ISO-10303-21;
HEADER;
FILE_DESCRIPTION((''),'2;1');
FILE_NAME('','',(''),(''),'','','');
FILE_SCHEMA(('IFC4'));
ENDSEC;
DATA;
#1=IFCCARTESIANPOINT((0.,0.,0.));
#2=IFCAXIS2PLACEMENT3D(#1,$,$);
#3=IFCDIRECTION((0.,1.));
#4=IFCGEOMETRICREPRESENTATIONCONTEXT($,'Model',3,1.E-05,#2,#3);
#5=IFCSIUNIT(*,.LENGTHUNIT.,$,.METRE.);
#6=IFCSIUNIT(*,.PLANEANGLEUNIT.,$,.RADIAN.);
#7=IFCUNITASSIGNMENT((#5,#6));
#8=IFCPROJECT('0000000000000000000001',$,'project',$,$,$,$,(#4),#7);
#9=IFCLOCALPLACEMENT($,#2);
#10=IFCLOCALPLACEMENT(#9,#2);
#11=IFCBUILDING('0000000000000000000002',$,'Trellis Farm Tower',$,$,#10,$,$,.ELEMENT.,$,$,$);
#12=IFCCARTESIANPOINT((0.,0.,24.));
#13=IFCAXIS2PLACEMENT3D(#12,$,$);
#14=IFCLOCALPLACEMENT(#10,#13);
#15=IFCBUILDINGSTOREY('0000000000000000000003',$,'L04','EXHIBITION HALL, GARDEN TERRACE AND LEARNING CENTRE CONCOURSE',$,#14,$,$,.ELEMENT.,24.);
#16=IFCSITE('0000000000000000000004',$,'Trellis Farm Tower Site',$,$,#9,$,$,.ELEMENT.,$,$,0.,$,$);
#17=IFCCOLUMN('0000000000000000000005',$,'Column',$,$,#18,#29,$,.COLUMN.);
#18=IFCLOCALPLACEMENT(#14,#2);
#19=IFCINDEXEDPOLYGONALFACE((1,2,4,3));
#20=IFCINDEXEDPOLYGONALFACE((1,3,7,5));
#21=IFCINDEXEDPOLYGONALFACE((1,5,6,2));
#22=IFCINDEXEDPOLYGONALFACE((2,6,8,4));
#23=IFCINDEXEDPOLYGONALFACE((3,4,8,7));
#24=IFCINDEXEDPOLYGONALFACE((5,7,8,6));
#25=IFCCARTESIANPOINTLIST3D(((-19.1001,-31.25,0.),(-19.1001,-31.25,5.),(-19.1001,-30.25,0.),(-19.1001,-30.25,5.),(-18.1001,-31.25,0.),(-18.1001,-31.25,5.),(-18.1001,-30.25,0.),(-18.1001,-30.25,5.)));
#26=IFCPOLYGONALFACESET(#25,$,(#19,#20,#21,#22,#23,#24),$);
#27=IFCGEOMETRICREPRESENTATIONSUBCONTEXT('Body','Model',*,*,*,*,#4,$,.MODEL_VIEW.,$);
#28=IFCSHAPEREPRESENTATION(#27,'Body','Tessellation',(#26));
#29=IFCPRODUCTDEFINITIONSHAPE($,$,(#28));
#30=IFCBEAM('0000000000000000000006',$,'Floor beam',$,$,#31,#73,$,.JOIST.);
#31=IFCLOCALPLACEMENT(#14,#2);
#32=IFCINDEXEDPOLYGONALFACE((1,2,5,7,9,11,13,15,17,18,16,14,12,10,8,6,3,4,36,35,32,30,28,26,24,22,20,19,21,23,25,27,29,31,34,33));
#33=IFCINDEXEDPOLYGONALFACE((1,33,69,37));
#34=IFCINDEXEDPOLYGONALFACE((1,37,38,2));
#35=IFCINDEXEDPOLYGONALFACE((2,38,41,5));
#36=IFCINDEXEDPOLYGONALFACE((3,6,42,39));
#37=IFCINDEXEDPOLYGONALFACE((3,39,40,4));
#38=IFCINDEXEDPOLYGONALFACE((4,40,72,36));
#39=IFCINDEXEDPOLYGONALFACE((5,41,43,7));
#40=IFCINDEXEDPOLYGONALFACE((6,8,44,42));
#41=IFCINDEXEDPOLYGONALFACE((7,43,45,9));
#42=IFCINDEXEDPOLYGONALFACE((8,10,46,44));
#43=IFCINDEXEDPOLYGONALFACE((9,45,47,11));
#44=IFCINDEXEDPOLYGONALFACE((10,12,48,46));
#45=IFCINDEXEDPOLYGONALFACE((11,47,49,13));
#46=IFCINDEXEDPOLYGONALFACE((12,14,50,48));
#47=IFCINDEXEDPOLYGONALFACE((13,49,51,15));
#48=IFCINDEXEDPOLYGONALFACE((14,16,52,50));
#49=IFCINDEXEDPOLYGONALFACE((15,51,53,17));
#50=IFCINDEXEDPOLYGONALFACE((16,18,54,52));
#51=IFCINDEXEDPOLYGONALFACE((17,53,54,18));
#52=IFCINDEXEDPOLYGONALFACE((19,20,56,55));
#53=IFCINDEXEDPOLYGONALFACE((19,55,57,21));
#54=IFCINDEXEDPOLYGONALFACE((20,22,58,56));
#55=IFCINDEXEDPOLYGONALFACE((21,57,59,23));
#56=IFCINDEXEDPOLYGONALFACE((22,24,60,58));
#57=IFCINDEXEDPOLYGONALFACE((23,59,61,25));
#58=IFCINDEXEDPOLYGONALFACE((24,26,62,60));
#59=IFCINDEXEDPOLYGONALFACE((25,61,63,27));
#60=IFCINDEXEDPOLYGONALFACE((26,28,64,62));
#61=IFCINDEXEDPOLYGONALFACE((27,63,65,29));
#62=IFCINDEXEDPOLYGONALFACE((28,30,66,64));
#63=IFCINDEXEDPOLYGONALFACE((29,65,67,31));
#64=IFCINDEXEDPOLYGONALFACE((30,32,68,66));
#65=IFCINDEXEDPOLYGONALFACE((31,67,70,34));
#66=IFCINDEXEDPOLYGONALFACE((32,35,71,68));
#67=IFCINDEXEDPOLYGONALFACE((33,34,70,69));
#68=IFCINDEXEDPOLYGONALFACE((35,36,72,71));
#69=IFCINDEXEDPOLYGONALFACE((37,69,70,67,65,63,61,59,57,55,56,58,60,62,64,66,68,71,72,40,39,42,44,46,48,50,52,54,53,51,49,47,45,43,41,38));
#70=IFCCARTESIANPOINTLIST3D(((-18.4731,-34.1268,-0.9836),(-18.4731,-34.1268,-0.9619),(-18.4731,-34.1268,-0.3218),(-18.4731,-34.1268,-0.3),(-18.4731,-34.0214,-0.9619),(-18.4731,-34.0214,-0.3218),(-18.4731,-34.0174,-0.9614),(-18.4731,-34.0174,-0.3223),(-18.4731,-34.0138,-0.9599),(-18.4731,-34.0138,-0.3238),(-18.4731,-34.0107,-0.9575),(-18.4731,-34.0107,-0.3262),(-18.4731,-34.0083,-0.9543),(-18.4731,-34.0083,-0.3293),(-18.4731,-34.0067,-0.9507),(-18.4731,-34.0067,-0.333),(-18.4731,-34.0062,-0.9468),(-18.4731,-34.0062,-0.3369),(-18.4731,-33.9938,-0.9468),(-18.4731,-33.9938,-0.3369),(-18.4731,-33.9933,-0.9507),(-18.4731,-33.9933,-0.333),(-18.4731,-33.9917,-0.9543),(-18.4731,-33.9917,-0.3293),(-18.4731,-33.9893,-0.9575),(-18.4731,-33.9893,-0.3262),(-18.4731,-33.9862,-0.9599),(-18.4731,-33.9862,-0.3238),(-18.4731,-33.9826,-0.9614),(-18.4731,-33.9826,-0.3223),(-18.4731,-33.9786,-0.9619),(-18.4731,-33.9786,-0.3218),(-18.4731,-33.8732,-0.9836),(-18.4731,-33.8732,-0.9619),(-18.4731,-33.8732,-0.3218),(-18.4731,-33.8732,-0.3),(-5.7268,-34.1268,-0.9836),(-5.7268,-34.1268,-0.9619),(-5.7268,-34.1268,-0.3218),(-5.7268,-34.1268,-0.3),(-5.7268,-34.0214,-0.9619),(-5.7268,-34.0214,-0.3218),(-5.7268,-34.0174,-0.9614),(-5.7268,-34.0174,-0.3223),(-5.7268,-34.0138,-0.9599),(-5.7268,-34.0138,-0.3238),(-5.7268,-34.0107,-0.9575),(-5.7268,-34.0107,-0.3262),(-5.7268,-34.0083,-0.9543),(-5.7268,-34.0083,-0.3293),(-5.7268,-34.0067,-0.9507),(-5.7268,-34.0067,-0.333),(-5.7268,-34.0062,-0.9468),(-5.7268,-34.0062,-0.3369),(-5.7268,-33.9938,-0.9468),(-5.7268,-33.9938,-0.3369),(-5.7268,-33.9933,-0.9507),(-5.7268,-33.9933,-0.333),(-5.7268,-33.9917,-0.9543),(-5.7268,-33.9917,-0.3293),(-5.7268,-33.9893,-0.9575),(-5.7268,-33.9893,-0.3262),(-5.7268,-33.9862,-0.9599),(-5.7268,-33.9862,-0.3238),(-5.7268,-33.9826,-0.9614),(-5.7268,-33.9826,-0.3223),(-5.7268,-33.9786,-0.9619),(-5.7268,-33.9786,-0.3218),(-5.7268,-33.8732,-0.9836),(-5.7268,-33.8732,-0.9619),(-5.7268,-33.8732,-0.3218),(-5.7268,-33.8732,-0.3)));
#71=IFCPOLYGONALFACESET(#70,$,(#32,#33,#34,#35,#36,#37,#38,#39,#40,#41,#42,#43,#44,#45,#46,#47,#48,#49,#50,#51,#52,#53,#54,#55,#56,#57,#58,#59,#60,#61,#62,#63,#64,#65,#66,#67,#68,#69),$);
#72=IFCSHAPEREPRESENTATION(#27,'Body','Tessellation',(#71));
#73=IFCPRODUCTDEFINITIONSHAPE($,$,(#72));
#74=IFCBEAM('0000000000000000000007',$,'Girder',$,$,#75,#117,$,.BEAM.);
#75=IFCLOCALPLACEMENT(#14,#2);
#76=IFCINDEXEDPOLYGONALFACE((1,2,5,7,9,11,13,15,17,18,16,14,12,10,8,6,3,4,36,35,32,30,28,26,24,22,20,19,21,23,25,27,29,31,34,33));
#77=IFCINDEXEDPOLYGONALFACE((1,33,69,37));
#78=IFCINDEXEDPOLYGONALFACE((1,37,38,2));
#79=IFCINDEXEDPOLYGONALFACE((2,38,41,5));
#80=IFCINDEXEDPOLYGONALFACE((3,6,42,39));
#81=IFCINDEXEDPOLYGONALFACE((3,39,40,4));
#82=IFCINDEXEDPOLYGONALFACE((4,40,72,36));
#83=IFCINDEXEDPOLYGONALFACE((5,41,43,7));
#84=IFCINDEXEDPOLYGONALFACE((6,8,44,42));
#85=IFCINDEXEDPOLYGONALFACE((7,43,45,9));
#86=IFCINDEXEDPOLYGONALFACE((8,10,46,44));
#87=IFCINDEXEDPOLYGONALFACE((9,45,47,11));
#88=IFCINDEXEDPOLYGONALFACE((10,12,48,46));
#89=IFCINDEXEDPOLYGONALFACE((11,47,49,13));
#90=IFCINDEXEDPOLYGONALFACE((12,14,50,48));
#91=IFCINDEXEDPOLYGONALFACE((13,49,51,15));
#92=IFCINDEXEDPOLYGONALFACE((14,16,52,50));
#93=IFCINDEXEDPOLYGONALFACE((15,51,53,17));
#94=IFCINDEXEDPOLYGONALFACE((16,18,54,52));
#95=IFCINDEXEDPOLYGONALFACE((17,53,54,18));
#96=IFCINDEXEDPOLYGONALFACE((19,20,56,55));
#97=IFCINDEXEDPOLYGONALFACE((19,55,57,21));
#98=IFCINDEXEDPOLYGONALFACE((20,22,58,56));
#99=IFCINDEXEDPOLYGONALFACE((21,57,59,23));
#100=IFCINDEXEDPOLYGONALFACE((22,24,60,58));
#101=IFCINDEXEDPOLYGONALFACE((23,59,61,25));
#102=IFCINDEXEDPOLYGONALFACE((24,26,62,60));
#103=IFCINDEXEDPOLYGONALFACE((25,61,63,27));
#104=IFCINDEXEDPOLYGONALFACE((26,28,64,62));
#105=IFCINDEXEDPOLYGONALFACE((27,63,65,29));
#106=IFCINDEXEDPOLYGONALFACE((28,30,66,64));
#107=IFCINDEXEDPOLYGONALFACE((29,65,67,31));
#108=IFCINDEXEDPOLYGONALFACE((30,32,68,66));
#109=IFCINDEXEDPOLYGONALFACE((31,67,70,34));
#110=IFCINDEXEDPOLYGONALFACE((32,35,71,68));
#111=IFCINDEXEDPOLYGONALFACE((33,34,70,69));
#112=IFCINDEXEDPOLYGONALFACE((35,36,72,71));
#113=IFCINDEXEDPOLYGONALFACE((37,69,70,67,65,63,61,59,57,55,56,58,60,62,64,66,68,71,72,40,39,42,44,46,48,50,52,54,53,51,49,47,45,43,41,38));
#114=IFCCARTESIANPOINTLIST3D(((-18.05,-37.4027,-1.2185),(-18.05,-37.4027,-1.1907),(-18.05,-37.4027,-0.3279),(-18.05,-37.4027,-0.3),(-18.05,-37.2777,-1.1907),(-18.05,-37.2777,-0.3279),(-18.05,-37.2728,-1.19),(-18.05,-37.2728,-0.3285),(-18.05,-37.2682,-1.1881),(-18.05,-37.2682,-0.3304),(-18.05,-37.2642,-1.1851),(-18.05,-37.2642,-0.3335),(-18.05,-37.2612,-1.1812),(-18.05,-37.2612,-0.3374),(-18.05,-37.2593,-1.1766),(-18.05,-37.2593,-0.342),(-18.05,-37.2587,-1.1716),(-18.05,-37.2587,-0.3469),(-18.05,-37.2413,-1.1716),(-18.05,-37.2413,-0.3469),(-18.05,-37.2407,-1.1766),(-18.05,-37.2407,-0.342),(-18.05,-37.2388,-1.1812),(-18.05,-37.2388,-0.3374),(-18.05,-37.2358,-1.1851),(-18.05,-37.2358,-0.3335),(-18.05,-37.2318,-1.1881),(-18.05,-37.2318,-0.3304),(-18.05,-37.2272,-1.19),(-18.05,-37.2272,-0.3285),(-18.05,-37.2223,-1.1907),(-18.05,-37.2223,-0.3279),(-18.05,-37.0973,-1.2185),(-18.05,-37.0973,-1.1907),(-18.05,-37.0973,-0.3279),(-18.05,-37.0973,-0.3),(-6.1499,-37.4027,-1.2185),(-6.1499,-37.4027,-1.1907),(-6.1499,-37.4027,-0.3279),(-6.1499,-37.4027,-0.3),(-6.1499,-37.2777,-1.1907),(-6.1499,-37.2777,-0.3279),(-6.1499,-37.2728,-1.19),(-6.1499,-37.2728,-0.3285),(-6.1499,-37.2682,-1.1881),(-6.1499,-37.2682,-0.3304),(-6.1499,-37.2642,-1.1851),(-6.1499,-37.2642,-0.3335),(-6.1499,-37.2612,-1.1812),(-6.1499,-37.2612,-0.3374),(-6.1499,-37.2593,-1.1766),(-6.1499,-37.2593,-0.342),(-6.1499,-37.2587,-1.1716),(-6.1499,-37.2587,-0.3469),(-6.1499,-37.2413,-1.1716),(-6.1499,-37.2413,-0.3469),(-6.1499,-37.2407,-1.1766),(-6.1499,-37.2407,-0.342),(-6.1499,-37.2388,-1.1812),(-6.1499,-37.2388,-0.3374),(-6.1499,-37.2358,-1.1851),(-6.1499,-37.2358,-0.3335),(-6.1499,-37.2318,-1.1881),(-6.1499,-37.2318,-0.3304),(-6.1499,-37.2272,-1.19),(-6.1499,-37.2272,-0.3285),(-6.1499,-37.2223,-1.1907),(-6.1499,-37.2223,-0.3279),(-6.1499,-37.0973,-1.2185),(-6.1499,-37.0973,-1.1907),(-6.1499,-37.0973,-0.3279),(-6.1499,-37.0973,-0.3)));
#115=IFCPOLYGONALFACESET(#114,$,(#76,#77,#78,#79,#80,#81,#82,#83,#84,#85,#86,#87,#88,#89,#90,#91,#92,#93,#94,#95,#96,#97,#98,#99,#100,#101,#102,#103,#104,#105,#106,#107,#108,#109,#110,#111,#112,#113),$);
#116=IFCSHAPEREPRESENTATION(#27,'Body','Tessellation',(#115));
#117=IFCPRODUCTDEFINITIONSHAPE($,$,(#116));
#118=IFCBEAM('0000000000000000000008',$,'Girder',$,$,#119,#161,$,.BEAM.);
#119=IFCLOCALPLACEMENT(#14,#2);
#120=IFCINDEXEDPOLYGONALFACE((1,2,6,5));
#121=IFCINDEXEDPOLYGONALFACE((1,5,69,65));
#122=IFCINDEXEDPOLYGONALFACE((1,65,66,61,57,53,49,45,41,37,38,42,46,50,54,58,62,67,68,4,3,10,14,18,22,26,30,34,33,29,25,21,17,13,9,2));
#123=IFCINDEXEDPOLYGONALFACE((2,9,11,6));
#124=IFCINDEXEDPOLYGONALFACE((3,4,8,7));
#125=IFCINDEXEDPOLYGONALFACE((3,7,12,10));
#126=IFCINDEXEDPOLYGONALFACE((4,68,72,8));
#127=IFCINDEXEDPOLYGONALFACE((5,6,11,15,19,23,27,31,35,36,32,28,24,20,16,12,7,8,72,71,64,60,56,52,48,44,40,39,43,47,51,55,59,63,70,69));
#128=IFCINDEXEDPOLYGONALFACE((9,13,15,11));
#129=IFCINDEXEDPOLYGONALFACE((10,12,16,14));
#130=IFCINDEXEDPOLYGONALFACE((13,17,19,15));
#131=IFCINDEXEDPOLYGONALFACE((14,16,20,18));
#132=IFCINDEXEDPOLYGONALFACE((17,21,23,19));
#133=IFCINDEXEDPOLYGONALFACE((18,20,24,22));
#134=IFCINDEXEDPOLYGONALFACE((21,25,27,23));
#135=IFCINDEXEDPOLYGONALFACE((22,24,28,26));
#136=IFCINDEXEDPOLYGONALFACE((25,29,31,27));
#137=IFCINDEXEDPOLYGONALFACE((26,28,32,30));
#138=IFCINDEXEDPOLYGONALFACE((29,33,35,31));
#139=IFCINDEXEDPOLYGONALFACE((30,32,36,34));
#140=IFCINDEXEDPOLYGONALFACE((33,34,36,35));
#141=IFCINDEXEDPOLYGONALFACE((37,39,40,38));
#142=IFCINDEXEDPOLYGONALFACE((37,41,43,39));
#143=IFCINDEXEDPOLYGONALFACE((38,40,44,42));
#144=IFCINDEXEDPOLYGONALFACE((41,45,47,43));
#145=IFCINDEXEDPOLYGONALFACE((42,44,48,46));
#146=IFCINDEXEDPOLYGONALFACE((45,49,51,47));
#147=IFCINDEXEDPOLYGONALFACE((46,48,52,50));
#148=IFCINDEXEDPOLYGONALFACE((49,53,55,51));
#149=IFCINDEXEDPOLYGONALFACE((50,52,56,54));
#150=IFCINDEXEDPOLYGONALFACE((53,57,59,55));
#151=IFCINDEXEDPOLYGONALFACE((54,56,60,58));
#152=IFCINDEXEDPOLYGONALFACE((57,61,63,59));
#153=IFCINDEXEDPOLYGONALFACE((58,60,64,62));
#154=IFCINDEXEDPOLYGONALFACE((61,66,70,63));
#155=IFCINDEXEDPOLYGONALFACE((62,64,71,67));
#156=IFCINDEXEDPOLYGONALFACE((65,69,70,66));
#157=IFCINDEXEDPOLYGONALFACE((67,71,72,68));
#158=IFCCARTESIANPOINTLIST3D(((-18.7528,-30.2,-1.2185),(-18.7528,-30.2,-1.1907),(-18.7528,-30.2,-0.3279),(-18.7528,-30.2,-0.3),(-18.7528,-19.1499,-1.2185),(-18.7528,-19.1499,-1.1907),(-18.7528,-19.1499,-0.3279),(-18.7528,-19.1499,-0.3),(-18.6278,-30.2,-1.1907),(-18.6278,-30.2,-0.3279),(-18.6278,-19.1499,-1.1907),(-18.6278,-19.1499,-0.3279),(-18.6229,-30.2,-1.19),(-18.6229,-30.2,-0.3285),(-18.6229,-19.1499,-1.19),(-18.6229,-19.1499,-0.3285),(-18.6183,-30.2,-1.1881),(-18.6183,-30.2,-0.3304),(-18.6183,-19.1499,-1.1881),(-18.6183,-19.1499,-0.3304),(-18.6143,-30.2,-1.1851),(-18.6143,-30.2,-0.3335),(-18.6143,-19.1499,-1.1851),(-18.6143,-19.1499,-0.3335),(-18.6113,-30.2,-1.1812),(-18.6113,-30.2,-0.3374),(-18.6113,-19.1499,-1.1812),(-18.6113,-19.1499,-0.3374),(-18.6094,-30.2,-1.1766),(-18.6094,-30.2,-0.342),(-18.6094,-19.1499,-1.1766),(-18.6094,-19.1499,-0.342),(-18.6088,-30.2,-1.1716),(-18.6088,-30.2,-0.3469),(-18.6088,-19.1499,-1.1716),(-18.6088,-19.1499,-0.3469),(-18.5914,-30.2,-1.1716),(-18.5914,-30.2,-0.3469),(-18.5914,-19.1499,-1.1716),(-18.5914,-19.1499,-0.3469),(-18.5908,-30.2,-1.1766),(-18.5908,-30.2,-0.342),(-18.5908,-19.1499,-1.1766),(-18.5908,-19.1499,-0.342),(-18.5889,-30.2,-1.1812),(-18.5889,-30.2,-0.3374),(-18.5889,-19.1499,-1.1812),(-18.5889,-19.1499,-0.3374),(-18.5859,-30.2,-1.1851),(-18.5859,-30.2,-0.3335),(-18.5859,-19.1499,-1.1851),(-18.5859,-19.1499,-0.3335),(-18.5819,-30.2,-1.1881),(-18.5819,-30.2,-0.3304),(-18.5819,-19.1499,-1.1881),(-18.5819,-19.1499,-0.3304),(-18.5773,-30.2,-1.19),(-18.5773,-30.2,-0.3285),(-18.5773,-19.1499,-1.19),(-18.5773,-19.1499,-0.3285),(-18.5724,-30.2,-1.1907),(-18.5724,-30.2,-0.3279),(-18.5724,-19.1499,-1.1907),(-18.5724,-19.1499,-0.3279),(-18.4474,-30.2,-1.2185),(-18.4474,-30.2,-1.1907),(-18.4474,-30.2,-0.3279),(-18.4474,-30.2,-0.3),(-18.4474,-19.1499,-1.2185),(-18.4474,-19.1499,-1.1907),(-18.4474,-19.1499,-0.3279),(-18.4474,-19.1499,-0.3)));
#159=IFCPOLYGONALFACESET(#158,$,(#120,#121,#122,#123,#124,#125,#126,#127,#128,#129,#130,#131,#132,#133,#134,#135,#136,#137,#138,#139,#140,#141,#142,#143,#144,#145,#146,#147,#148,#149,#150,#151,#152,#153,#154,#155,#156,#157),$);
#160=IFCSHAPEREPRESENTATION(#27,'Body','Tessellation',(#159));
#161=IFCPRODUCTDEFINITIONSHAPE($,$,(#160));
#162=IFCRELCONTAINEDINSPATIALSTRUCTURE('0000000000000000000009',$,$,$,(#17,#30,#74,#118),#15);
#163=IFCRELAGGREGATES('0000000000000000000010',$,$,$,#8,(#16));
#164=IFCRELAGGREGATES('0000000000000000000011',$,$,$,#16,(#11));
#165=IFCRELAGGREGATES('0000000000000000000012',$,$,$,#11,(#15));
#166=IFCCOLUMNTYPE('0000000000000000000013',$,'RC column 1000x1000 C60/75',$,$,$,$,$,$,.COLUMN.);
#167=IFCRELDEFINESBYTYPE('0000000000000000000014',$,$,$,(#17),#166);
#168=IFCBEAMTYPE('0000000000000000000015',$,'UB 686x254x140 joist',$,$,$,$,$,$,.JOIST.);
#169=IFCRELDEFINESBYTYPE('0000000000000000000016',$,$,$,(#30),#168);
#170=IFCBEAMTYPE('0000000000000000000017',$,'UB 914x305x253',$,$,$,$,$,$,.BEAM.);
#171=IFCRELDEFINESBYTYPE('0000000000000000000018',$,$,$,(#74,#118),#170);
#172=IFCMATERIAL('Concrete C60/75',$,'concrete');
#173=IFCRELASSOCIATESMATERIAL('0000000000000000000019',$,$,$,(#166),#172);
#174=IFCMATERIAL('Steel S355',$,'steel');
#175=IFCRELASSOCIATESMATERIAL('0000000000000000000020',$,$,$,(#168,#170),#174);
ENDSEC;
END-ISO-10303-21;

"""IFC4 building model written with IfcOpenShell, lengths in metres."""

from ifc_helpers import new_model, si_unit, direction, frame, origin, origin_2d, place, context, subcontext, project, spatial, rectangle, i_section, extrude, source, transform, mapped, material, material_profile, profile_set, type_object, element, save


model = new_model("IFC4")

# Units and contexts
model_context = context("Model", 3, precision=1e-05, world=origin(), true_north=direction((0.0, 1.0)))
body_context = subcontext(model_context, "Body", "Model", "MODEL_VIEW")
ifc_project = project(units=[si_unit("LENGTHUNIT", "METRE"), si_unit("PLANEANGLEUNIT", "RADIAN")], contexts=[model_context])

# Site, building, storey
site_placement = place(None, origin())
site = spatial("IfcSite", under=ifc_project, at=site_placement, Name="Trellis Farm Tower Site", CompositionType="ELEMENT", RefElevation=0.0)
building_placement = place(site_placement, origin())
building = spatial("IfcBuilding", under=site, at=building_placement, Name="Trellis Farm Tower", CompositionType="ELEMENT")
storey_placement = place(building_placement, frame((0.0, 0.0, 24.0)))
storey = spatial("IfcBuildingStorey", under=building, at=storey_placement, Name="L04", Description="EXHIBITION HALL, GARDEN TERRACE AND LEARNING CENTRE CONCOURSE", CompositionType="ELEMENT", Elevation=24.0)

# Column
ifc_material_1 = material(Name="Concrete C60/75", Category="concrete")
ifc_material_profile_1 = material_profile(ifc_material_1, rectangle(XDim=1.0, YDim=1.0, at=origin_2d()), Name="RC column 1000x1000 C60/75")
ifc_profile_set_1 = profile_set([ifc_material_profile_1], Name="Concrete C60/75")
column_type = type_object("IfcColumnType", Name="RC column 1000x1000 C60/75", PredefinedType="COLUMN", material=ifc_profile_set_1)
shared_shape_1 = source(origin(), body_context, "Body", "SweptSolid", [
    extrude(rectangle(XDim=1.0, YDim=1.0, at=origin_2d()), origin(), (0.0, 0.0, 1.0), 5.0),
])
column_placement = place(storey_placement, frame((-18.6001, -30.75, 0.0), z_axis=(0.0, 0.0, 1.0), x_axis=(1.0, 0.0, 0.0)))
element("IfcColumn", 1, at=column_placement, inside=storey, type_object=column_type, Name="Column", PredefinedType="COLUMN", context=body_context, shape_type="MappedRepresentation", body=[
    mapped(shared_shape_1, transform((0.0, 0.0, 0.0))),
])

# Beams
ifc_material_2 = material(Name="Steel S355", Category="steel")
ifc_material_profile_2 = material_profile(ifc_material_2, i_section(OverallWidth=0.2537, OverallDepth=0.6836, WebThickness=0.0125, FlangeThickness=0.0217, FilletRadius=0.0151, at=origin_2d()), Name="UB 686x254x140")
ifc_profile_set_2 = profile_set([ifc_material_profile_2], Name="Steel S355")
beam_type_1 = type_object("IfcBeamType", Name="UB 686x254x140 joist", PredefinedType="JOIST", material=ifc_profile_set_2)
shared_shape_2 = source(origin(), body_context, "Body", "SweptSolid", [
    extrude(i_section(OverallWidth=0.2537, OverallDepth=0.6836, WebThickness=0.0125, FlangeThickness=0.0217, FilletRadius=0.0151, at=origin_2d()), origin(), (0.0, 0.0, 1.0), 12.7463),
])
beam_1_placement = place(storey_placement, frame((-18.4731, -34.0, -0.6418), z_axis=(1.0, 0.0, 0.0), x_axis=(0.0, 1.0, 0.0)))
element("IfcBeam", 2, at=beam_1_placement, inside=storey, type_object=beam_type_1, Name="Floor beam", PredefinedType="JOIST", context=body_context, shape_type="MappedRepresentation", body=[
    mapped(shared_shape_2, transform((0.0, 0.0, 0.0))),
])
ifc_material_profile_3 = material_profile(ifc_material_2, i_section(OverallWidth=0.3054, OverallDepth=0.9185, WebThickness=0.0173, FlangeThickness=0.0278, FilletRadius=0.019, at=origin_2d()), Name="UB 914x305x253")
ifc_profile_set_3 = profile_set([ifc_material_profile_3], Name="Steel S355")
beam_type_2 = type_object("IfcBeamType", Name="UB 914x305x253", PredefinedType="BEAM", material=ifc_profile_set_3)
shared_shape_3 = source(origin(), body_context, "Body", "SweptSolid", [
    extrude(i_section(OverallWidth=0.3054, OverallDepth=0.9185, WebThickness=0.0173, FlangeThickness=0.0278, FilletRadius=0.019, at=origin_2d()), origin(), (0.0, 0.0, 1.0), 11.9001),
])
beam_2_placement = place(storey_placement, frame((-18.05, -37.25, -0.7593), z_axis=(1.0, 0.0, 0.0), x_axis=(0.0, 1.0, 0.0)))
element("IfcBeam", 3, at=beam_2_placement, inside=storey, type_object=beam_type_2, Name="Girder", PredefinedType="BEAM", context=body_context, shape_type="MappedRepresentation", body=[
    mapped(shared_shape_3, transform((0.0, 0.0, 0.0))),
])
shared_shape_4 = source(origin(), body_context, "Body", "SweptSolid", [
    extrude(i_section(OverallWidth=0.3054, OverallDepth=0.9185, WebThickness=0.0173, FlangeThickness=0.0278, FilletRadius=0.019, at=origin_2d()), origin(), (0.0, 0.0, 1.0), 11.05),
])
beam_3_placement = place(storey_placement, frame((-18.6001, -30.2, -0.7593), z_axis=(0.0, 1.0, 0.0), x_axis=(-1.0, 0.0, 0.0)))
element("IfcBeam", 4, at=beam_3_placement, inside=storey, type_object=beam_type_2, Name="Girder", PredefinedType="BEAM", context=body_context, shape_type="MappedRepresentation", body=[
    mapped(shared_shape_4, transform((0.0, 0.0, 0.0))),
])

save(model, "model.ifc")
